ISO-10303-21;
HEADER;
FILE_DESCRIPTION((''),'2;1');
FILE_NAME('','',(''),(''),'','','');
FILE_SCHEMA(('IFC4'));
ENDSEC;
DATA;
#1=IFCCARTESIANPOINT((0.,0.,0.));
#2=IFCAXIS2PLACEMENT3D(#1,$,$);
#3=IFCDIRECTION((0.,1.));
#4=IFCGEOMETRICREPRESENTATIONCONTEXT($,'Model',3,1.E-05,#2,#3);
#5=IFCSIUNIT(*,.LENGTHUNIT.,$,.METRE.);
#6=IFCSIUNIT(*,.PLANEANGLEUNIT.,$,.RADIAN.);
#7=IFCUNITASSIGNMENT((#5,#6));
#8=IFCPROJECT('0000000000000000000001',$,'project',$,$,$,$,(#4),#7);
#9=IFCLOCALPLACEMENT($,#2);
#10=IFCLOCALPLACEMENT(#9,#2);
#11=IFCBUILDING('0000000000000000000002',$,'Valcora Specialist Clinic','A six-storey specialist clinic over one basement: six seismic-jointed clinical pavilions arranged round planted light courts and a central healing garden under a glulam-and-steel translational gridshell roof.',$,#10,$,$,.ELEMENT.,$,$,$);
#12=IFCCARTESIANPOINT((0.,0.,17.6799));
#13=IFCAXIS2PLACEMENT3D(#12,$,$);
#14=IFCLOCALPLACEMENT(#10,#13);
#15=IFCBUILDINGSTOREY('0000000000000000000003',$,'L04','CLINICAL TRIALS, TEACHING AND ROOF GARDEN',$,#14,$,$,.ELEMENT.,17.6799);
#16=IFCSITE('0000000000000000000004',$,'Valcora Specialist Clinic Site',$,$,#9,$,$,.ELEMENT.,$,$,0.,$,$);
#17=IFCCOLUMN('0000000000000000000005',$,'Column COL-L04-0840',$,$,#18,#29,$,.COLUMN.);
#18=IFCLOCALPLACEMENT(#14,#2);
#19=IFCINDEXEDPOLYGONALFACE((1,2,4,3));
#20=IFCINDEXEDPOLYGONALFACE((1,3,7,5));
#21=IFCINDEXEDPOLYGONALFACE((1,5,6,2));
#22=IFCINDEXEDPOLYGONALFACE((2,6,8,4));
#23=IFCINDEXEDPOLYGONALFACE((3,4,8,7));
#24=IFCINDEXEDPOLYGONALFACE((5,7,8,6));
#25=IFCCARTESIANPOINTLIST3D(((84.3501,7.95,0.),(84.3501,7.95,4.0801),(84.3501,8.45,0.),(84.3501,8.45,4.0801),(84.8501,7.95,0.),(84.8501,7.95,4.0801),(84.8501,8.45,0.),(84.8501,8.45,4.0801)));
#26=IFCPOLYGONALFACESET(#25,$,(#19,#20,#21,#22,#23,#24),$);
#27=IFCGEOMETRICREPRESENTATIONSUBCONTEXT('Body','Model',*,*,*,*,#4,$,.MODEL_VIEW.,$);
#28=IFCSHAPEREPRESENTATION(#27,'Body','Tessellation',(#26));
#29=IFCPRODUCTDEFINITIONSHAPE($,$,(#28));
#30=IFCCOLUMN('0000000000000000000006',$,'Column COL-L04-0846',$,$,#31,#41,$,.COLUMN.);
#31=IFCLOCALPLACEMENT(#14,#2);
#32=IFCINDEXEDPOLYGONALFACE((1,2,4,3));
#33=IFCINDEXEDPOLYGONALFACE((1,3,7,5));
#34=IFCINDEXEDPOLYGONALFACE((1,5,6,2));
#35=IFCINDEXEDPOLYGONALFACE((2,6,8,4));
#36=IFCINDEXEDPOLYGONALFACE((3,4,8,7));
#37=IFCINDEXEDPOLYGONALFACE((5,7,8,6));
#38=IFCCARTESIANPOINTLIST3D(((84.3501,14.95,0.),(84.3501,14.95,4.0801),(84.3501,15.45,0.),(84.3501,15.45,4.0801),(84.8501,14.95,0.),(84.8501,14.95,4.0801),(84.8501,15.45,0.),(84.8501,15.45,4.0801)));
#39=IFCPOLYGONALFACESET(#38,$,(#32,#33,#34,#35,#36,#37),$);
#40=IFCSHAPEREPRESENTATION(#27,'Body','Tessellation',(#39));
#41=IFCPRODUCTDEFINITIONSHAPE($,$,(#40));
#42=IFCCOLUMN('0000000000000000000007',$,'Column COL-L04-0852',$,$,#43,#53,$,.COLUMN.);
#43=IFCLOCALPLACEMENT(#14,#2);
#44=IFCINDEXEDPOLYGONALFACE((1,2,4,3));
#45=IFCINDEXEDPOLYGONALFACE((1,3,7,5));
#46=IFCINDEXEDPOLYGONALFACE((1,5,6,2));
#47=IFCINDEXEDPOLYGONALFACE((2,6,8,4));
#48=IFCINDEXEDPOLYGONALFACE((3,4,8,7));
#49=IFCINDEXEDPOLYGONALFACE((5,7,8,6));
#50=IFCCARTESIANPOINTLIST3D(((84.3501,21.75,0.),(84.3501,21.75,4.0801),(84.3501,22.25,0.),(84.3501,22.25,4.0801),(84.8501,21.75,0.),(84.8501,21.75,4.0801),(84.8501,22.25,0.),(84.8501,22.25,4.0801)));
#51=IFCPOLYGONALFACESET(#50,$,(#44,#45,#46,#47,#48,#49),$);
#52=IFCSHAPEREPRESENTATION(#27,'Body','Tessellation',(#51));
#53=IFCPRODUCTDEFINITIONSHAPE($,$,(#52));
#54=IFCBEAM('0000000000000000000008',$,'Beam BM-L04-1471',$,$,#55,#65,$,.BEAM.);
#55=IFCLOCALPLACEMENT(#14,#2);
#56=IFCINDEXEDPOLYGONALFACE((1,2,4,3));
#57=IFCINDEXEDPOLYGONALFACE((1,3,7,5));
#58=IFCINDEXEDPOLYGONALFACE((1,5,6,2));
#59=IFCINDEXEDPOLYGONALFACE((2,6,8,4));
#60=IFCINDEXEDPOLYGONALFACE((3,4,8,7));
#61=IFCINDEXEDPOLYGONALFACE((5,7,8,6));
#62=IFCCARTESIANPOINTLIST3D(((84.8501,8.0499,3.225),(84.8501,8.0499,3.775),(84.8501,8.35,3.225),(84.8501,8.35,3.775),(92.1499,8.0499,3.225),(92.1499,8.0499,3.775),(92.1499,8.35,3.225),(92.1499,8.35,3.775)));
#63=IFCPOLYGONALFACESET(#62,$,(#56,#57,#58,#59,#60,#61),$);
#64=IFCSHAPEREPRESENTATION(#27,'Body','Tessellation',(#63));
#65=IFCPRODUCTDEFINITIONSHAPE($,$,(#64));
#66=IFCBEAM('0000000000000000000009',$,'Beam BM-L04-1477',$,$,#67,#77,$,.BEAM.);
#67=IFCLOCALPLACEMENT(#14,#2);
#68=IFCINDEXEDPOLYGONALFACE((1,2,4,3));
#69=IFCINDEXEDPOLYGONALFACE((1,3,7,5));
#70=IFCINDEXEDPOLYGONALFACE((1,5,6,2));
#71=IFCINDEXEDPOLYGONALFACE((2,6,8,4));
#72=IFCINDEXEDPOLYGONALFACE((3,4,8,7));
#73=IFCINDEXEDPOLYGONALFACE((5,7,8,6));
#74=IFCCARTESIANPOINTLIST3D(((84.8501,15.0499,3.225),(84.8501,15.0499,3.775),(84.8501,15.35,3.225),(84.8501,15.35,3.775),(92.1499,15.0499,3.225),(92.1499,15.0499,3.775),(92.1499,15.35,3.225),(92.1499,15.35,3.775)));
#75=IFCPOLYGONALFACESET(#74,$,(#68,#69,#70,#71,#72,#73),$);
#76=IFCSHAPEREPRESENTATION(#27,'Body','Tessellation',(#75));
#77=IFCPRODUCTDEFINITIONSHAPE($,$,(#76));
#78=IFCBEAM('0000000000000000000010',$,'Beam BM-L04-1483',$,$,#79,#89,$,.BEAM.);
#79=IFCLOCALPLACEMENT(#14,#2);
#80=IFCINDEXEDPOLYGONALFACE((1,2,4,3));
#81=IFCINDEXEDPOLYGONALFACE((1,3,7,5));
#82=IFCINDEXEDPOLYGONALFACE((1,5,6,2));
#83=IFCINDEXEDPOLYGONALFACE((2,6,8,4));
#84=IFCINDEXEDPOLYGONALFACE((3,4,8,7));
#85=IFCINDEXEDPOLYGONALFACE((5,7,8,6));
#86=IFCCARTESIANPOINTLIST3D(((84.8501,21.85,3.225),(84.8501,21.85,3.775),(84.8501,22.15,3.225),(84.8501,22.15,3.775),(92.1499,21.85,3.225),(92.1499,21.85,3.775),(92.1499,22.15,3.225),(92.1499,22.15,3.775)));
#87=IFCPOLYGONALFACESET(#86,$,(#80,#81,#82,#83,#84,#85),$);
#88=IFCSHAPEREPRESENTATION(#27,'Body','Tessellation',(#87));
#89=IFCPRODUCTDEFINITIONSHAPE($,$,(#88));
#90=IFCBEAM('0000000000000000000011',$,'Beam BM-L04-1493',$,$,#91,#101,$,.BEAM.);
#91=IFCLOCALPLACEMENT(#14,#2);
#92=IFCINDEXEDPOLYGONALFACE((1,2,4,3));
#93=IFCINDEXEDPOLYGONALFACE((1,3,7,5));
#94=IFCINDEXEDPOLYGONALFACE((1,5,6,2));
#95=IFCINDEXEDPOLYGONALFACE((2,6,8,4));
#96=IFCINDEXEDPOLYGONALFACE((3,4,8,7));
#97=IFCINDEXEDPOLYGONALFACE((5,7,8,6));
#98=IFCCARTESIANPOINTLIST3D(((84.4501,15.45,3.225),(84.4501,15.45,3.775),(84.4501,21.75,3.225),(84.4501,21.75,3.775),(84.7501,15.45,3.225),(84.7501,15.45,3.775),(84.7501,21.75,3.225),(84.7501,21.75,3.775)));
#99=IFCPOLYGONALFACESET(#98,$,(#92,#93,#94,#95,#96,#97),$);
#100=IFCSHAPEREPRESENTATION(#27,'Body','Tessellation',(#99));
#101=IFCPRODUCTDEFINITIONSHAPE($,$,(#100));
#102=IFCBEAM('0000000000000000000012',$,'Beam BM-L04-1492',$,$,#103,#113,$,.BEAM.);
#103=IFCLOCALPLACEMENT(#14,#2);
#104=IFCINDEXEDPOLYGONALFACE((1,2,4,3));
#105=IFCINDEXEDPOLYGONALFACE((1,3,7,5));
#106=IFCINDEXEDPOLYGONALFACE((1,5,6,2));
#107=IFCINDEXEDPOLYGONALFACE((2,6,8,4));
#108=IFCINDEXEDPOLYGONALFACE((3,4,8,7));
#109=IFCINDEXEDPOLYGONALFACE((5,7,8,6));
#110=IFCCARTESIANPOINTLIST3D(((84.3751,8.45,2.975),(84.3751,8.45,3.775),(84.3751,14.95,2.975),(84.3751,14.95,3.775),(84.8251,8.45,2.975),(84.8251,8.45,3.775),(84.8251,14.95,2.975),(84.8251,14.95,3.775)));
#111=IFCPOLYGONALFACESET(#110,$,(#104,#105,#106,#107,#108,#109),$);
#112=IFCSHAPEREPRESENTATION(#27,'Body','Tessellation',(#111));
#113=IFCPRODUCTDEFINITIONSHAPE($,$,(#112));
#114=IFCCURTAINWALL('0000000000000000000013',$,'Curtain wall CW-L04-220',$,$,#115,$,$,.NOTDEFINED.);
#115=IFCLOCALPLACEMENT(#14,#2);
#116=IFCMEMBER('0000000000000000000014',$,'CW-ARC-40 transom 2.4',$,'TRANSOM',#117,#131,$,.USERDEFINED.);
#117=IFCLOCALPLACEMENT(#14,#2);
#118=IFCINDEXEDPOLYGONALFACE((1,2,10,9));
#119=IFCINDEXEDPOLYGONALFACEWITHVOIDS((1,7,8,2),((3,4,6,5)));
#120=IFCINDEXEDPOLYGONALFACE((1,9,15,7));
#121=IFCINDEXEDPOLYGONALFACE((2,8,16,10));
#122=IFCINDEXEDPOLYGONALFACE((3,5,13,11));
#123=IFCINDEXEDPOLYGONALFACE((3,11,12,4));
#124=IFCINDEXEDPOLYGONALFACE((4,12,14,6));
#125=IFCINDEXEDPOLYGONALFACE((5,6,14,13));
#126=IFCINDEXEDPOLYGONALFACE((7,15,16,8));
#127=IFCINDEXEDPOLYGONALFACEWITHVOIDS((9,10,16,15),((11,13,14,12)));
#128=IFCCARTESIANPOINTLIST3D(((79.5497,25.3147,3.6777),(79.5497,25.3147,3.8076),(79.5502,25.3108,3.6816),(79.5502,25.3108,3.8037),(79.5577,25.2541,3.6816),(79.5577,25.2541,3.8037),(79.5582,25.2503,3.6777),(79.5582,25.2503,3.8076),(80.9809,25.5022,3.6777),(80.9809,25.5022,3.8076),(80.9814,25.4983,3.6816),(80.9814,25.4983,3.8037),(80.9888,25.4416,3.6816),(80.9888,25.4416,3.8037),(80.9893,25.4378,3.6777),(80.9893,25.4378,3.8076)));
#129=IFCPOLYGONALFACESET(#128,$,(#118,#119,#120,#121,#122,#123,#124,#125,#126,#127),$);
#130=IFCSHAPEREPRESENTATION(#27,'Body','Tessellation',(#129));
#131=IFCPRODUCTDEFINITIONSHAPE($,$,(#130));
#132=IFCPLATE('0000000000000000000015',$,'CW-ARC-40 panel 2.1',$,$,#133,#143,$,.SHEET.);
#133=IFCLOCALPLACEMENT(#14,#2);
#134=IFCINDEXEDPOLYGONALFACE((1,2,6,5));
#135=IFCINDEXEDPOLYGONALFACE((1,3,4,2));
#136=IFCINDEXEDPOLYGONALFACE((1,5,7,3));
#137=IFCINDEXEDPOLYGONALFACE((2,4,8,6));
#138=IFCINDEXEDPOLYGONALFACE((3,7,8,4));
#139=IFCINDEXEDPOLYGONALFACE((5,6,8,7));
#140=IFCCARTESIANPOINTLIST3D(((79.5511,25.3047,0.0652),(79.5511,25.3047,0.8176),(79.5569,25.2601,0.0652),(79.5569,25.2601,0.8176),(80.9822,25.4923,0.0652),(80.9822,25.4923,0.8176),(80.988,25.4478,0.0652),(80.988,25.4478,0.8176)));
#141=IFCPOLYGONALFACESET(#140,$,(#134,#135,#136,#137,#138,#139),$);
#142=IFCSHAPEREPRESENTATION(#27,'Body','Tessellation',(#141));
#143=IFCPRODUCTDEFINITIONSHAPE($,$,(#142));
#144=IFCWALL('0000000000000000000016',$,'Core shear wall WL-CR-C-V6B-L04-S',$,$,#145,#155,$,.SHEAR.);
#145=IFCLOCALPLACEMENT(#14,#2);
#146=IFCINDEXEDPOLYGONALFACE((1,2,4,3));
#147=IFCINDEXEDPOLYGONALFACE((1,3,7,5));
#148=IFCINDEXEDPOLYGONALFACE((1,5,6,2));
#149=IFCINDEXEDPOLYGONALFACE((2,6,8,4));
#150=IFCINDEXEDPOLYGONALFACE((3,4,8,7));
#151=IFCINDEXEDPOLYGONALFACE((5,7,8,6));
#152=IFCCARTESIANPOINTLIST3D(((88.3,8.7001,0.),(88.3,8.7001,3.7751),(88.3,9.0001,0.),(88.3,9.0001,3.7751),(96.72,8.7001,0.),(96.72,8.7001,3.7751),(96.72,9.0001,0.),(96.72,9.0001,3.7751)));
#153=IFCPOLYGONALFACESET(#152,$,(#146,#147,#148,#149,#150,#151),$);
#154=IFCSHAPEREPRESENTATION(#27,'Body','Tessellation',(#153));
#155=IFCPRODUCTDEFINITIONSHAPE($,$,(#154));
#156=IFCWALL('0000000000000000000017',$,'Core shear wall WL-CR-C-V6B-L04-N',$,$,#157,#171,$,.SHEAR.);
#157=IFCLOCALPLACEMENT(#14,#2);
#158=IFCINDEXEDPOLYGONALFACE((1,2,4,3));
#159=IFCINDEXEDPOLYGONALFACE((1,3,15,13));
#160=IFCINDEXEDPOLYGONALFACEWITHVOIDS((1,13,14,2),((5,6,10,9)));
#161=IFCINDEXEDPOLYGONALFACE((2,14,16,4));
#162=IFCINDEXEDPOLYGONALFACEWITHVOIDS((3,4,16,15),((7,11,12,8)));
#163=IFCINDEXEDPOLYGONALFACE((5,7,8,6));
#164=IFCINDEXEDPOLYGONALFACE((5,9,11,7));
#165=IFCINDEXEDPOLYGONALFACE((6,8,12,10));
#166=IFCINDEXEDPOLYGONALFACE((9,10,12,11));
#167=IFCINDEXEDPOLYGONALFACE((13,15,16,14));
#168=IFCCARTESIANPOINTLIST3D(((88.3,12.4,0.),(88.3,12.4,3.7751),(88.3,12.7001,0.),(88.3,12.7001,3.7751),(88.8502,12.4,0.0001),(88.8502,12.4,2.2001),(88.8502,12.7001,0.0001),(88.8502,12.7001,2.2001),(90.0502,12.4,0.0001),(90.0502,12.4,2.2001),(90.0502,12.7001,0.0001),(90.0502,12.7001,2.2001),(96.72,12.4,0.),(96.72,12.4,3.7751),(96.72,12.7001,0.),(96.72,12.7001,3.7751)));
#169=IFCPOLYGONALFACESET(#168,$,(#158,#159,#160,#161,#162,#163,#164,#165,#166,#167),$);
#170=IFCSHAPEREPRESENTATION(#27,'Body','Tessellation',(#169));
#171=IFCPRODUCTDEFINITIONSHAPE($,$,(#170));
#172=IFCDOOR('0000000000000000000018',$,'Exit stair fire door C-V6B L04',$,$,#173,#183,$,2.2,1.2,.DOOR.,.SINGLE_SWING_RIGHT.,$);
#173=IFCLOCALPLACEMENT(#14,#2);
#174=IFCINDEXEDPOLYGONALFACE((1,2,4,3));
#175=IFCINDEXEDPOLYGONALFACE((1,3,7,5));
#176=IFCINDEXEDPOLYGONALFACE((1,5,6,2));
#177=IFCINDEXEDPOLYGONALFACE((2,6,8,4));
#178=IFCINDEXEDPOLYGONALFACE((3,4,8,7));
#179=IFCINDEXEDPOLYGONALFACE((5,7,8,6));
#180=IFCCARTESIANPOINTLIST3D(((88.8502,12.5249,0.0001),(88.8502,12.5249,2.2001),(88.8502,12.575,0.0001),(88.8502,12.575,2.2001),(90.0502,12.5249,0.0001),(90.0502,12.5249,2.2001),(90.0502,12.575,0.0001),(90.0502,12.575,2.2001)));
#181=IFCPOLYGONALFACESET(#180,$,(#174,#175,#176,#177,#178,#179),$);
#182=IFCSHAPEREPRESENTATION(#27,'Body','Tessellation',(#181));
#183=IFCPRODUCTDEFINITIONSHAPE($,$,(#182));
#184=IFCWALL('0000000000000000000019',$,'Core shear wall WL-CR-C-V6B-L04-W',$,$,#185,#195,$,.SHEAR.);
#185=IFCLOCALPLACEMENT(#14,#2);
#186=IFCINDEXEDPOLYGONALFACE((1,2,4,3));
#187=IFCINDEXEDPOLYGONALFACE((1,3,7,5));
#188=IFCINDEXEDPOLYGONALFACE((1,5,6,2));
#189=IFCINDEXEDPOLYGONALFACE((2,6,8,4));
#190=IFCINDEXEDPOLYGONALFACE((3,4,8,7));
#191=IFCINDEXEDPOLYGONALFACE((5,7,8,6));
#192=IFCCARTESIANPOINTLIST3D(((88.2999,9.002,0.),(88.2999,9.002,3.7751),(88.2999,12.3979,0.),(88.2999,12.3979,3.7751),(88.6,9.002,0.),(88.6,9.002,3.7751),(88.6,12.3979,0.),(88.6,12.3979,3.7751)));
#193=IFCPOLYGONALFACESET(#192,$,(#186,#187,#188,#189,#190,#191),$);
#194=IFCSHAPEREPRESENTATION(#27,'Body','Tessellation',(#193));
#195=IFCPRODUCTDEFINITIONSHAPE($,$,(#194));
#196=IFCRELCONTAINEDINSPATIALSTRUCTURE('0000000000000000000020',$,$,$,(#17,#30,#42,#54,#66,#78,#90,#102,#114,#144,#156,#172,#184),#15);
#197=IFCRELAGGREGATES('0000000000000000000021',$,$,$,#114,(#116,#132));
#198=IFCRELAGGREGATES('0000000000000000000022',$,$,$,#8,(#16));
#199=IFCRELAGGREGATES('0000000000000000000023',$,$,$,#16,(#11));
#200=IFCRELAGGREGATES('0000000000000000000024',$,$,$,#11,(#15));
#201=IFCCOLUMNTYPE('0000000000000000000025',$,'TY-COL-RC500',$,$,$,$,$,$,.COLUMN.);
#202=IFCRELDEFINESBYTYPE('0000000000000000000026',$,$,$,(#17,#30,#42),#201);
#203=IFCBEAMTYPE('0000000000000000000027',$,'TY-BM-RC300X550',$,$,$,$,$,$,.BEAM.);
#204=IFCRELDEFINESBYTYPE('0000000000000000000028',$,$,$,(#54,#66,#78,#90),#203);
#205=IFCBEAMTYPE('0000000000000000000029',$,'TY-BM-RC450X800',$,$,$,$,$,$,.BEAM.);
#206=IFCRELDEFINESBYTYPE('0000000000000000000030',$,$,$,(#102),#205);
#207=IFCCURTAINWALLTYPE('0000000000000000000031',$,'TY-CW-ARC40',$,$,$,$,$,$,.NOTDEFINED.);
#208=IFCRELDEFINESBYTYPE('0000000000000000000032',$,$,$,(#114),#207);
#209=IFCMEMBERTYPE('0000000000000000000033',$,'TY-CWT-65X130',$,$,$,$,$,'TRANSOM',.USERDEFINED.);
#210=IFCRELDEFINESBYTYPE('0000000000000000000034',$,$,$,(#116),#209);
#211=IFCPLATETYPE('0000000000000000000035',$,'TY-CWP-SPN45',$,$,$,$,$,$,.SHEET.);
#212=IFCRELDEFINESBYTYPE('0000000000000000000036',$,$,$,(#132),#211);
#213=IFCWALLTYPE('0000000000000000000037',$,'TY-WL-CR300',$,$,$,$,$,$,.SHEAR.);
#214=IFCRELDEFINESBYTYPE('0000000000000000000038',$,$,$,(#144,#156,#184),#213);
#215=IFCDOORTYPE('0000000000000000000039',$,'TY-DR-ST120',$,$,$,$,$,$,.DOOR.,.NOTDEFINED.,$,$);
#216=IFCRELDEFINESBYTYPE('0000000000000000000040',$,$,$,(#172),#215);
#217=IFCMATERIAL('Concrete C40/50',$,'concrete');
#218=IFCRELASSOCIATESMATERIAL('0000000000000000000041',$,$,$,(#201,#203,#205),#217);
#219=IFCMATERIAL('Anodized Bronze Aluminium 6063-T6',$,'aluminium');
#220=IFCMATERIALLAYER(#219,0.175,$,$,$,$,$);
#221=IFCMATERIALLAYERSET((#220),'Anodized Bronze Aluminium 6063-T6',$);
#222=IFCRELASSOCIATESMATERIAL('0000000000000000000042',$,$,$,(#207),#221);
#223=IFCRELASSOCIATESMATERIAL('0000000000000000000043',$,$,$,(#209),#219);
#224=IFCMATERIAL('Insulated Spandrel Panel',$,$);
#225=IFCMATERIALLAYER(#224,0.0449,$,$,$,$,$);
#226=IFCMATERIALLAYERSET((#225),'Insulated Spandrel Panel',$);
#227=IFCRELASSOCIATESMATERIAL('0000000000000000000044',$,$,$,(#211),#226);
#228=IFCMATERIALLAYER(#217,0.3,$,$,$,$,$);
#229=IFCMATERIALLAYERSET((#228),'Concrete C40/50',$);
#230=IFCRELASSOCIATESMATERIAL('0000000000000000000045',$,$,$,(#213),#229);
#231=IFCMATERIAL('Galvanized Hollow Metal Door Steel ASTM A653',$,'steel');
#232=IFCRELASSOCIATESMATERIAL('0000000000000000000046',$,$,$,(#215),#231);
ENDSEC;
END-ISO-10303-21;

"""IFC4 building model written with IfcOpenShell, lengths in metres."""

from ifc_helpers import new_model, si_unit, direction, frame, frame_2d, origin, origin_2d, place, context, subcontext, project, spatial, rectangle, hollow_rectangle, extrude, material, layer, layer_set, material_profile, profile_set, type_object, element, fill, aggregate, save


model = new_model("IFC4")

# Units and contexts
model_context = context("Model", 3, precision=1e-05, world=origin(), true_north=direction((0.0, 1.0)))
body_context = subcontext(model_context, "Body", "Model", "MODEL_VIEW")
ifc_project = project(units=[si_unit("LENGTHUNIT", "METRE"), si_unit("PLANEANGLEUNIT", "RADIAN")], contexts=[model_context])

# Site, building, storey
site_placement = place(None, origin())
site = spatial("IfcSite", under=ifc_project, at=site_placement, Name="Valcora Specialist Clinic Site", CompositionType="ELEMENT", RefElevation=0.0)
building_placement = place(site_placement, origin())
building = spatial("IfcBuilding", under=site, at=building_placement, Name="Valcora Specialist Clinic", Description="A six-storey specialist clinic over one basement: six seismic-jointed clinical pavilions arranged round planted light courts and a central healing garden under a glulam-and-steel translational gridshell roof.", CompositionType="ELEMENT")
storey_placement = place(building_placement, frame((0.0, 0.0, 17.6799)))
storey = spatial("IfcBuildingStorey", under=building, at=storey_placement, Name="L04", Description="CLINICAL TRIALS, TEACHING AND ROOF GARDEN", CompositionType="ELEMENT", Elevation=17.6799)

# Columns
ifc_material_1 = material(Name="Concrete C40/50", Category="concrete")
ifc_material_profile_1 = material_profile(ifc_material_1, rectangle(XDim=0.5, YDim=0.5, at=origin_2d()), Name="RC-COL-500X500")
ifc_profile_set_1 = profile_set([ifc_material_profile_1], Name="Concrete C40/50")
column_type = type_object("IfcColumnType", Name="TY-COL-RC500", PredefinedType="COLUMN", material=ifc_profile_set_1)
for number, where, z_axis, x_axis, name in (
    (1, (84.6001, 8.2, 0.0), (0.0, 0.0, 1.0), (1.0, 0.0, 0.0), "Column COL-L04-0840"),
    (2, (84.6001, 15.2, 0.0), (0.0, 0.0, 1.0), (1.0, 0.0, 0.0), "Column COL-L04-0846"),
    (3, (84.6001, 22.0, 0.0), (0.0, 0.0, 1.0), (1.0, 0.0, 0.0), "Column COL-L04-0852"),
):
    element("IfcColumn", number, at=place(storey_placement, frame(where, z_axis=z_axis, x_axis=x_axis)), inside=storey, type_object=column_type, Name=name, PredefinedType="COLUMN", context=body_context, shape_type="SweptSolid", body=[
        extrude(rectangle(XDim=0.5, YDim=0.5, at=origin_2d()), origin(), (0.0, 0.0, 1.0), 4.0801),
    ])

# Beams
ifc_material_profile_2 = material_profile(ifc_material_1, rectangle(XDim=0.3, YDim=0.55, at=origin_2d()), Name="RC-BM-300X550")
ifc_profile_set_2 = profile_set([ifc_material_profile_2], Name="Concrete C40/50")
beam_type_1 = type_object("IfcBeamType", Name="TY-BM-RC300X550", PredefinedType="BEAM", material=ifc_profile_set_2)
for number, where, z_axis, x_axis, name in (
    (4, (84.8501, 8.2, 3.5), (1.0, 0.0, 0.0), (0.0, 1.0, 0.0), "Beam BM-L04-1471"),
    (5, (84.8501, 15.2, 3.5), (1.0, 0.0, 0.0), (0.0, 1.0, 0.0), "Beam BM-L04-1477"),
    (6, (84.8501, 22.0, 3.5), (1.0, 0.0, 0.0), (0.0, 1.0, 0.0), "Beam BM-L04-1483"),
):
    element("IfcBeam", number, at=place(storey_placement, frame(where, z_axis=z_axis, x_axis=x_axis)), inside=storey, type_object=beam_type_1, Name=name, PredefinedType="BEAM", context=body_context, shape_type="SweptSolid", body=[
        extrude(rectangle(XDim=0.3, YDim=0.55, at=origin_2d()), origin(), (0.0, 0.0, 1.0), 7.2998),
    ])
beam_1_placement = place(storey_placement, frame((84.6001, 15.45, 3.5), z_axis=(0.0, 1.0, 0.0), x_axis=(-1.0, 0.0, 0.0)))
element("IfcBeam", 7, at=beam_1_placement, inside=storey, type_object=beam_type_1, Name="Beam BM-L04-1493", PredefinedType="BEAM", context=body_context, shape_type="SweptSolid", body=[
    extrude(rectangle(XDim=0.3, YDim=0.55, at=origin_2d()), origin(), (0.0, 0.0, 1.0), 6.3),
])
ifc_material_profile_3 = material_profile(ifc_material_1, rectangle(XDim=0.45, YDim=0.8, at=origin_2d()), Name="RC-BM-450X800")
ifc_profile_set_3 = profile_set([ifc_material_profile_3], Name="Concrete C40/50")
beam_type_2 = type_object("IfcBeamType", Name="TY-BM-RC450X800", PredefinedType="BEAM", material=ifc_profile_set_3)
beam_2_placement = place(storey_placement, frame((84.6001, 8.45, 3.375), z_axis=(0.0, 1.0, 0.0), x_axis=(-1.0, 0.0, 0.0)))
element("IfcBeam", 8, at=beam_2_placement, inside=storey, type_object=beam_type_2, Name="Beam BM-L04-1492", PredefinedType="BEAM", context=body_context, shape_type="SweptSolid", body=[
    extrude(rectangle(XDim=0.45, YDim=0.8, at=origin_2d()), origin(), (0.0, 0.0, 1.0), 6.5),
])

# Curtain wall, member, plate
ifc_material_2 = material(Name="Anodized Bronze Aluminium 6063-T6", Category="aluminium")
ifc_layer_1 = layer(ifc_material_2, 0.175)
ifc_layer_set_1 = layer_set([ifc_layer_1], Name="Anodized Bronze Aluminium 6063-T6")
curtain_wall_type = type_object("IfcCurtainWallType", Name="TY-CW-ARC40", PredefinedType="NOTDEFINED", material=ifc_layer_set_1)
curtain_wall_placement = place(storey_placement, origin())
curtain_wall = element("IfcCurtainWall", 9, at=curtain_wall_placement, inside=storey, type_object=curtain_wall_type, Name="Curtain wall CW-L04-220", PredefinedType="NOTDEFINED")
ifc_material_profile_4 = material_profile(ifc_material_2, hollow_rectangle(XDim=0.0649, YDim=0.1299, WallThickness=0.0039, at=origin_2d()), Name="AL-TRN-65X130")
ifc_profile_set_4 = profile_set([ifc_material_profile_4], Name="Anodized Bronze Aluminium 6063-T6")
member_type = type_object("IfcMemberType", Name="TY-CWT-65X130", ElementType="TRANSOM", PredefinedType="USERDEFINED", material=ifc_profile_set_4)
member_placement = place(storey_placement, frame((79.554, 25.2825, 3.7427), z_axis=(0.991527, 0.129903, 0.0), x_axis=(-0.129903, 0.991527, 0.0)))
member = element("IfcMember", 10, at=member_placement, type_object=member_type, Name="CW-ARC-40 transom 2.4", ObjectType="TRANSOM", PredefinedType="USERDEFINED", context=body_context, shape_type="SweptSolid", body=[
    extrude(hollow_rectangle(XDim=0.0649, YDim=0.1299, WallThickness=0.0039, at=origin_2d()), origin(), (0.0, 0.0, 1.0), 1.4434),
])
ifc_material_3 = material(Name="Insulated Spandrel Panel")
ifc_layer_2 = layer(ifc_material_3, 0.0449)
ifc_layer_set_2 = layer_set([ifc_layer_2], Name="Insulated Spandrel Panel")
plate_type = type_object("IfcPlateType", Name="TY-CWP-SPN45", PredefinedType="SHEET", material=ifc_layer_set_2)
plate_placement = place(storey_placement, frame((80.2695, 25.3762, 0.0652), z_axis=(0.0, 0.0, 1.0), x_axis=(0.991514, 0.129999, 0.0)))
plate = element("IfcPlate", 11, at=plate_placement, type_object=plate_type, Name="CW-ARC-40 panel 2.1", PredefinedType="SHEET", context=body_context, shape_type="SweptSolid", body=[
    extrude(rectangle(XDim=1.4434, YDim=0.0449, at=origin_2d()), origin(), (0.0, 0.0, 1.0), 0.7524),
])
aggregate(curtain_wall, [member, plate])

# Wall
ifc_layer_3 = layer(ifc_material_1, 0.3)
ifc_layer_set_3 = layer_set([ifc_layer_3], Name="Concrete C40/50")
wall_type_1 = type_object("IfcWallType", Name="TY-WL-CR300", PredefinedType="SHEAR", material=ifc_layer_set_3)
wall_1_placement = place(storey_placement, frame((88.3, 8.8501, 0.0), z_axis=(0.0, 0.0, 1.0), x_axis=(1.0, 0.0, 0.0)))
element("IfcWall", 12, at=wall_1_placement, inside=storey, type_object=wall_type_1, Name="Core shear wall WL-CR-C-V6B-L04-S", PredefinedType="SHEAR", context=body_context, shape_type="SweptSolid", body=[
    extrude(rectangle(XDim=8.4199, YDim=0.3, at=frame_2d((4.21, 0.0))), origin(), (0.0, 0.0, 1.0), 3.7751),
])

# Wall, opening, door
wall_2_placement = place(storey_placement, frame((88.3, 12.55, 0.0), z_axis=(0.0, 0.0, 1.0), x_axis=(1.0, 0.0, 0.0)))
wall_2 = element("IfcWall", 13, at=wall_2_placement, inside=storey, type_object=wall_type_1, Name="Core shear wall WL-CR-C-V6B-L04-N", PredefinedType="SHEAR", context=body_context, shape_type="SweptSolid", body=[
    extrude(rectangle(XDim=8.4199, YDim=0.3, at=frame_2d((4.21, 0.0))), origin(), (0.0, 0.0, 1.0), 3.7751),
])
opening_1_placement = place(wall_2_placement, frame((0.55, 0.0, 0.0)))
opening_1 = element("IfcOpeningElement", 14, at=opening_1_placement, cuts=wall_2, PredefinedType="OPENING", context=body_context, shape_type="SweptSolid", body=[
    extrude(rectangle(XDim=1.2, YDim=2.2, at=frame_2d((0.6001, 1.1001))), frame((0.0, 0.1599, 0.0), z_axis=(0.0, -1.0, 0.0), x_axis=(1.0, 0.0, 0.0)), (0.0, 0.0, 1.0), 0.3201),
])
ifc_material_4 = material(Name="Galvanized Hollow Metal Door Steel ASTM A653", Category="steel")
door_type = type_object("IfcDoorType", Name="TY-DR-ST120", OperationType="NOTDEFINED", PredefinedType="DOOR", material=ifc_material_4)
door_placement = place(opening_1_placement, origin())
door = element("IfcDoor", 15, at=door_placement, inside=storey, type_object=door_type, Name="Exit stair fire door C-V6B L04", OperationType="SINGLE_SWING_RIGHT", OverallHeight=2.2, OverallWidth=1.2, PredefinedType="DOOR", context=body_context, shape_type="SweptSolid", body=[
    extrude(rectangle(XDim=1.2, YDim=2.2, at=frame_2d((0.6001, 1.1001))), frame((0.0, 0.0249, 0.0), z_axis=(0.0, -1.0, 0.0), x_axis=(1.0, 0.0, 0.0)), (0.0, 0.0, 1.0), 0.05),
])
fill(opening_1, door)

# Wall
wall_3_placement = place(storey_placement, frame((88.45, 9.002, 0.0), z_axis=(0.0, 0.0, 1.0), x_axis=(0.0, 1.0, 0.0)))
element("IfcWall", 16, at=wall_3_placement, inside=storey, type_object=wall_type_1, Name="Core shear wall WL-CR-C-V6B-L04-W", PredefinedType="SHEAR", context=body_context, shape_type="SweptSolid", body=[
    extrude(rectangle(XDim=3.396, YDim=0.3, at=frame_2d((1.698, 0.0))), origin(), (0.0, 0.0, 1.0), 3.7751),
])

save(model, "model.ifc")
